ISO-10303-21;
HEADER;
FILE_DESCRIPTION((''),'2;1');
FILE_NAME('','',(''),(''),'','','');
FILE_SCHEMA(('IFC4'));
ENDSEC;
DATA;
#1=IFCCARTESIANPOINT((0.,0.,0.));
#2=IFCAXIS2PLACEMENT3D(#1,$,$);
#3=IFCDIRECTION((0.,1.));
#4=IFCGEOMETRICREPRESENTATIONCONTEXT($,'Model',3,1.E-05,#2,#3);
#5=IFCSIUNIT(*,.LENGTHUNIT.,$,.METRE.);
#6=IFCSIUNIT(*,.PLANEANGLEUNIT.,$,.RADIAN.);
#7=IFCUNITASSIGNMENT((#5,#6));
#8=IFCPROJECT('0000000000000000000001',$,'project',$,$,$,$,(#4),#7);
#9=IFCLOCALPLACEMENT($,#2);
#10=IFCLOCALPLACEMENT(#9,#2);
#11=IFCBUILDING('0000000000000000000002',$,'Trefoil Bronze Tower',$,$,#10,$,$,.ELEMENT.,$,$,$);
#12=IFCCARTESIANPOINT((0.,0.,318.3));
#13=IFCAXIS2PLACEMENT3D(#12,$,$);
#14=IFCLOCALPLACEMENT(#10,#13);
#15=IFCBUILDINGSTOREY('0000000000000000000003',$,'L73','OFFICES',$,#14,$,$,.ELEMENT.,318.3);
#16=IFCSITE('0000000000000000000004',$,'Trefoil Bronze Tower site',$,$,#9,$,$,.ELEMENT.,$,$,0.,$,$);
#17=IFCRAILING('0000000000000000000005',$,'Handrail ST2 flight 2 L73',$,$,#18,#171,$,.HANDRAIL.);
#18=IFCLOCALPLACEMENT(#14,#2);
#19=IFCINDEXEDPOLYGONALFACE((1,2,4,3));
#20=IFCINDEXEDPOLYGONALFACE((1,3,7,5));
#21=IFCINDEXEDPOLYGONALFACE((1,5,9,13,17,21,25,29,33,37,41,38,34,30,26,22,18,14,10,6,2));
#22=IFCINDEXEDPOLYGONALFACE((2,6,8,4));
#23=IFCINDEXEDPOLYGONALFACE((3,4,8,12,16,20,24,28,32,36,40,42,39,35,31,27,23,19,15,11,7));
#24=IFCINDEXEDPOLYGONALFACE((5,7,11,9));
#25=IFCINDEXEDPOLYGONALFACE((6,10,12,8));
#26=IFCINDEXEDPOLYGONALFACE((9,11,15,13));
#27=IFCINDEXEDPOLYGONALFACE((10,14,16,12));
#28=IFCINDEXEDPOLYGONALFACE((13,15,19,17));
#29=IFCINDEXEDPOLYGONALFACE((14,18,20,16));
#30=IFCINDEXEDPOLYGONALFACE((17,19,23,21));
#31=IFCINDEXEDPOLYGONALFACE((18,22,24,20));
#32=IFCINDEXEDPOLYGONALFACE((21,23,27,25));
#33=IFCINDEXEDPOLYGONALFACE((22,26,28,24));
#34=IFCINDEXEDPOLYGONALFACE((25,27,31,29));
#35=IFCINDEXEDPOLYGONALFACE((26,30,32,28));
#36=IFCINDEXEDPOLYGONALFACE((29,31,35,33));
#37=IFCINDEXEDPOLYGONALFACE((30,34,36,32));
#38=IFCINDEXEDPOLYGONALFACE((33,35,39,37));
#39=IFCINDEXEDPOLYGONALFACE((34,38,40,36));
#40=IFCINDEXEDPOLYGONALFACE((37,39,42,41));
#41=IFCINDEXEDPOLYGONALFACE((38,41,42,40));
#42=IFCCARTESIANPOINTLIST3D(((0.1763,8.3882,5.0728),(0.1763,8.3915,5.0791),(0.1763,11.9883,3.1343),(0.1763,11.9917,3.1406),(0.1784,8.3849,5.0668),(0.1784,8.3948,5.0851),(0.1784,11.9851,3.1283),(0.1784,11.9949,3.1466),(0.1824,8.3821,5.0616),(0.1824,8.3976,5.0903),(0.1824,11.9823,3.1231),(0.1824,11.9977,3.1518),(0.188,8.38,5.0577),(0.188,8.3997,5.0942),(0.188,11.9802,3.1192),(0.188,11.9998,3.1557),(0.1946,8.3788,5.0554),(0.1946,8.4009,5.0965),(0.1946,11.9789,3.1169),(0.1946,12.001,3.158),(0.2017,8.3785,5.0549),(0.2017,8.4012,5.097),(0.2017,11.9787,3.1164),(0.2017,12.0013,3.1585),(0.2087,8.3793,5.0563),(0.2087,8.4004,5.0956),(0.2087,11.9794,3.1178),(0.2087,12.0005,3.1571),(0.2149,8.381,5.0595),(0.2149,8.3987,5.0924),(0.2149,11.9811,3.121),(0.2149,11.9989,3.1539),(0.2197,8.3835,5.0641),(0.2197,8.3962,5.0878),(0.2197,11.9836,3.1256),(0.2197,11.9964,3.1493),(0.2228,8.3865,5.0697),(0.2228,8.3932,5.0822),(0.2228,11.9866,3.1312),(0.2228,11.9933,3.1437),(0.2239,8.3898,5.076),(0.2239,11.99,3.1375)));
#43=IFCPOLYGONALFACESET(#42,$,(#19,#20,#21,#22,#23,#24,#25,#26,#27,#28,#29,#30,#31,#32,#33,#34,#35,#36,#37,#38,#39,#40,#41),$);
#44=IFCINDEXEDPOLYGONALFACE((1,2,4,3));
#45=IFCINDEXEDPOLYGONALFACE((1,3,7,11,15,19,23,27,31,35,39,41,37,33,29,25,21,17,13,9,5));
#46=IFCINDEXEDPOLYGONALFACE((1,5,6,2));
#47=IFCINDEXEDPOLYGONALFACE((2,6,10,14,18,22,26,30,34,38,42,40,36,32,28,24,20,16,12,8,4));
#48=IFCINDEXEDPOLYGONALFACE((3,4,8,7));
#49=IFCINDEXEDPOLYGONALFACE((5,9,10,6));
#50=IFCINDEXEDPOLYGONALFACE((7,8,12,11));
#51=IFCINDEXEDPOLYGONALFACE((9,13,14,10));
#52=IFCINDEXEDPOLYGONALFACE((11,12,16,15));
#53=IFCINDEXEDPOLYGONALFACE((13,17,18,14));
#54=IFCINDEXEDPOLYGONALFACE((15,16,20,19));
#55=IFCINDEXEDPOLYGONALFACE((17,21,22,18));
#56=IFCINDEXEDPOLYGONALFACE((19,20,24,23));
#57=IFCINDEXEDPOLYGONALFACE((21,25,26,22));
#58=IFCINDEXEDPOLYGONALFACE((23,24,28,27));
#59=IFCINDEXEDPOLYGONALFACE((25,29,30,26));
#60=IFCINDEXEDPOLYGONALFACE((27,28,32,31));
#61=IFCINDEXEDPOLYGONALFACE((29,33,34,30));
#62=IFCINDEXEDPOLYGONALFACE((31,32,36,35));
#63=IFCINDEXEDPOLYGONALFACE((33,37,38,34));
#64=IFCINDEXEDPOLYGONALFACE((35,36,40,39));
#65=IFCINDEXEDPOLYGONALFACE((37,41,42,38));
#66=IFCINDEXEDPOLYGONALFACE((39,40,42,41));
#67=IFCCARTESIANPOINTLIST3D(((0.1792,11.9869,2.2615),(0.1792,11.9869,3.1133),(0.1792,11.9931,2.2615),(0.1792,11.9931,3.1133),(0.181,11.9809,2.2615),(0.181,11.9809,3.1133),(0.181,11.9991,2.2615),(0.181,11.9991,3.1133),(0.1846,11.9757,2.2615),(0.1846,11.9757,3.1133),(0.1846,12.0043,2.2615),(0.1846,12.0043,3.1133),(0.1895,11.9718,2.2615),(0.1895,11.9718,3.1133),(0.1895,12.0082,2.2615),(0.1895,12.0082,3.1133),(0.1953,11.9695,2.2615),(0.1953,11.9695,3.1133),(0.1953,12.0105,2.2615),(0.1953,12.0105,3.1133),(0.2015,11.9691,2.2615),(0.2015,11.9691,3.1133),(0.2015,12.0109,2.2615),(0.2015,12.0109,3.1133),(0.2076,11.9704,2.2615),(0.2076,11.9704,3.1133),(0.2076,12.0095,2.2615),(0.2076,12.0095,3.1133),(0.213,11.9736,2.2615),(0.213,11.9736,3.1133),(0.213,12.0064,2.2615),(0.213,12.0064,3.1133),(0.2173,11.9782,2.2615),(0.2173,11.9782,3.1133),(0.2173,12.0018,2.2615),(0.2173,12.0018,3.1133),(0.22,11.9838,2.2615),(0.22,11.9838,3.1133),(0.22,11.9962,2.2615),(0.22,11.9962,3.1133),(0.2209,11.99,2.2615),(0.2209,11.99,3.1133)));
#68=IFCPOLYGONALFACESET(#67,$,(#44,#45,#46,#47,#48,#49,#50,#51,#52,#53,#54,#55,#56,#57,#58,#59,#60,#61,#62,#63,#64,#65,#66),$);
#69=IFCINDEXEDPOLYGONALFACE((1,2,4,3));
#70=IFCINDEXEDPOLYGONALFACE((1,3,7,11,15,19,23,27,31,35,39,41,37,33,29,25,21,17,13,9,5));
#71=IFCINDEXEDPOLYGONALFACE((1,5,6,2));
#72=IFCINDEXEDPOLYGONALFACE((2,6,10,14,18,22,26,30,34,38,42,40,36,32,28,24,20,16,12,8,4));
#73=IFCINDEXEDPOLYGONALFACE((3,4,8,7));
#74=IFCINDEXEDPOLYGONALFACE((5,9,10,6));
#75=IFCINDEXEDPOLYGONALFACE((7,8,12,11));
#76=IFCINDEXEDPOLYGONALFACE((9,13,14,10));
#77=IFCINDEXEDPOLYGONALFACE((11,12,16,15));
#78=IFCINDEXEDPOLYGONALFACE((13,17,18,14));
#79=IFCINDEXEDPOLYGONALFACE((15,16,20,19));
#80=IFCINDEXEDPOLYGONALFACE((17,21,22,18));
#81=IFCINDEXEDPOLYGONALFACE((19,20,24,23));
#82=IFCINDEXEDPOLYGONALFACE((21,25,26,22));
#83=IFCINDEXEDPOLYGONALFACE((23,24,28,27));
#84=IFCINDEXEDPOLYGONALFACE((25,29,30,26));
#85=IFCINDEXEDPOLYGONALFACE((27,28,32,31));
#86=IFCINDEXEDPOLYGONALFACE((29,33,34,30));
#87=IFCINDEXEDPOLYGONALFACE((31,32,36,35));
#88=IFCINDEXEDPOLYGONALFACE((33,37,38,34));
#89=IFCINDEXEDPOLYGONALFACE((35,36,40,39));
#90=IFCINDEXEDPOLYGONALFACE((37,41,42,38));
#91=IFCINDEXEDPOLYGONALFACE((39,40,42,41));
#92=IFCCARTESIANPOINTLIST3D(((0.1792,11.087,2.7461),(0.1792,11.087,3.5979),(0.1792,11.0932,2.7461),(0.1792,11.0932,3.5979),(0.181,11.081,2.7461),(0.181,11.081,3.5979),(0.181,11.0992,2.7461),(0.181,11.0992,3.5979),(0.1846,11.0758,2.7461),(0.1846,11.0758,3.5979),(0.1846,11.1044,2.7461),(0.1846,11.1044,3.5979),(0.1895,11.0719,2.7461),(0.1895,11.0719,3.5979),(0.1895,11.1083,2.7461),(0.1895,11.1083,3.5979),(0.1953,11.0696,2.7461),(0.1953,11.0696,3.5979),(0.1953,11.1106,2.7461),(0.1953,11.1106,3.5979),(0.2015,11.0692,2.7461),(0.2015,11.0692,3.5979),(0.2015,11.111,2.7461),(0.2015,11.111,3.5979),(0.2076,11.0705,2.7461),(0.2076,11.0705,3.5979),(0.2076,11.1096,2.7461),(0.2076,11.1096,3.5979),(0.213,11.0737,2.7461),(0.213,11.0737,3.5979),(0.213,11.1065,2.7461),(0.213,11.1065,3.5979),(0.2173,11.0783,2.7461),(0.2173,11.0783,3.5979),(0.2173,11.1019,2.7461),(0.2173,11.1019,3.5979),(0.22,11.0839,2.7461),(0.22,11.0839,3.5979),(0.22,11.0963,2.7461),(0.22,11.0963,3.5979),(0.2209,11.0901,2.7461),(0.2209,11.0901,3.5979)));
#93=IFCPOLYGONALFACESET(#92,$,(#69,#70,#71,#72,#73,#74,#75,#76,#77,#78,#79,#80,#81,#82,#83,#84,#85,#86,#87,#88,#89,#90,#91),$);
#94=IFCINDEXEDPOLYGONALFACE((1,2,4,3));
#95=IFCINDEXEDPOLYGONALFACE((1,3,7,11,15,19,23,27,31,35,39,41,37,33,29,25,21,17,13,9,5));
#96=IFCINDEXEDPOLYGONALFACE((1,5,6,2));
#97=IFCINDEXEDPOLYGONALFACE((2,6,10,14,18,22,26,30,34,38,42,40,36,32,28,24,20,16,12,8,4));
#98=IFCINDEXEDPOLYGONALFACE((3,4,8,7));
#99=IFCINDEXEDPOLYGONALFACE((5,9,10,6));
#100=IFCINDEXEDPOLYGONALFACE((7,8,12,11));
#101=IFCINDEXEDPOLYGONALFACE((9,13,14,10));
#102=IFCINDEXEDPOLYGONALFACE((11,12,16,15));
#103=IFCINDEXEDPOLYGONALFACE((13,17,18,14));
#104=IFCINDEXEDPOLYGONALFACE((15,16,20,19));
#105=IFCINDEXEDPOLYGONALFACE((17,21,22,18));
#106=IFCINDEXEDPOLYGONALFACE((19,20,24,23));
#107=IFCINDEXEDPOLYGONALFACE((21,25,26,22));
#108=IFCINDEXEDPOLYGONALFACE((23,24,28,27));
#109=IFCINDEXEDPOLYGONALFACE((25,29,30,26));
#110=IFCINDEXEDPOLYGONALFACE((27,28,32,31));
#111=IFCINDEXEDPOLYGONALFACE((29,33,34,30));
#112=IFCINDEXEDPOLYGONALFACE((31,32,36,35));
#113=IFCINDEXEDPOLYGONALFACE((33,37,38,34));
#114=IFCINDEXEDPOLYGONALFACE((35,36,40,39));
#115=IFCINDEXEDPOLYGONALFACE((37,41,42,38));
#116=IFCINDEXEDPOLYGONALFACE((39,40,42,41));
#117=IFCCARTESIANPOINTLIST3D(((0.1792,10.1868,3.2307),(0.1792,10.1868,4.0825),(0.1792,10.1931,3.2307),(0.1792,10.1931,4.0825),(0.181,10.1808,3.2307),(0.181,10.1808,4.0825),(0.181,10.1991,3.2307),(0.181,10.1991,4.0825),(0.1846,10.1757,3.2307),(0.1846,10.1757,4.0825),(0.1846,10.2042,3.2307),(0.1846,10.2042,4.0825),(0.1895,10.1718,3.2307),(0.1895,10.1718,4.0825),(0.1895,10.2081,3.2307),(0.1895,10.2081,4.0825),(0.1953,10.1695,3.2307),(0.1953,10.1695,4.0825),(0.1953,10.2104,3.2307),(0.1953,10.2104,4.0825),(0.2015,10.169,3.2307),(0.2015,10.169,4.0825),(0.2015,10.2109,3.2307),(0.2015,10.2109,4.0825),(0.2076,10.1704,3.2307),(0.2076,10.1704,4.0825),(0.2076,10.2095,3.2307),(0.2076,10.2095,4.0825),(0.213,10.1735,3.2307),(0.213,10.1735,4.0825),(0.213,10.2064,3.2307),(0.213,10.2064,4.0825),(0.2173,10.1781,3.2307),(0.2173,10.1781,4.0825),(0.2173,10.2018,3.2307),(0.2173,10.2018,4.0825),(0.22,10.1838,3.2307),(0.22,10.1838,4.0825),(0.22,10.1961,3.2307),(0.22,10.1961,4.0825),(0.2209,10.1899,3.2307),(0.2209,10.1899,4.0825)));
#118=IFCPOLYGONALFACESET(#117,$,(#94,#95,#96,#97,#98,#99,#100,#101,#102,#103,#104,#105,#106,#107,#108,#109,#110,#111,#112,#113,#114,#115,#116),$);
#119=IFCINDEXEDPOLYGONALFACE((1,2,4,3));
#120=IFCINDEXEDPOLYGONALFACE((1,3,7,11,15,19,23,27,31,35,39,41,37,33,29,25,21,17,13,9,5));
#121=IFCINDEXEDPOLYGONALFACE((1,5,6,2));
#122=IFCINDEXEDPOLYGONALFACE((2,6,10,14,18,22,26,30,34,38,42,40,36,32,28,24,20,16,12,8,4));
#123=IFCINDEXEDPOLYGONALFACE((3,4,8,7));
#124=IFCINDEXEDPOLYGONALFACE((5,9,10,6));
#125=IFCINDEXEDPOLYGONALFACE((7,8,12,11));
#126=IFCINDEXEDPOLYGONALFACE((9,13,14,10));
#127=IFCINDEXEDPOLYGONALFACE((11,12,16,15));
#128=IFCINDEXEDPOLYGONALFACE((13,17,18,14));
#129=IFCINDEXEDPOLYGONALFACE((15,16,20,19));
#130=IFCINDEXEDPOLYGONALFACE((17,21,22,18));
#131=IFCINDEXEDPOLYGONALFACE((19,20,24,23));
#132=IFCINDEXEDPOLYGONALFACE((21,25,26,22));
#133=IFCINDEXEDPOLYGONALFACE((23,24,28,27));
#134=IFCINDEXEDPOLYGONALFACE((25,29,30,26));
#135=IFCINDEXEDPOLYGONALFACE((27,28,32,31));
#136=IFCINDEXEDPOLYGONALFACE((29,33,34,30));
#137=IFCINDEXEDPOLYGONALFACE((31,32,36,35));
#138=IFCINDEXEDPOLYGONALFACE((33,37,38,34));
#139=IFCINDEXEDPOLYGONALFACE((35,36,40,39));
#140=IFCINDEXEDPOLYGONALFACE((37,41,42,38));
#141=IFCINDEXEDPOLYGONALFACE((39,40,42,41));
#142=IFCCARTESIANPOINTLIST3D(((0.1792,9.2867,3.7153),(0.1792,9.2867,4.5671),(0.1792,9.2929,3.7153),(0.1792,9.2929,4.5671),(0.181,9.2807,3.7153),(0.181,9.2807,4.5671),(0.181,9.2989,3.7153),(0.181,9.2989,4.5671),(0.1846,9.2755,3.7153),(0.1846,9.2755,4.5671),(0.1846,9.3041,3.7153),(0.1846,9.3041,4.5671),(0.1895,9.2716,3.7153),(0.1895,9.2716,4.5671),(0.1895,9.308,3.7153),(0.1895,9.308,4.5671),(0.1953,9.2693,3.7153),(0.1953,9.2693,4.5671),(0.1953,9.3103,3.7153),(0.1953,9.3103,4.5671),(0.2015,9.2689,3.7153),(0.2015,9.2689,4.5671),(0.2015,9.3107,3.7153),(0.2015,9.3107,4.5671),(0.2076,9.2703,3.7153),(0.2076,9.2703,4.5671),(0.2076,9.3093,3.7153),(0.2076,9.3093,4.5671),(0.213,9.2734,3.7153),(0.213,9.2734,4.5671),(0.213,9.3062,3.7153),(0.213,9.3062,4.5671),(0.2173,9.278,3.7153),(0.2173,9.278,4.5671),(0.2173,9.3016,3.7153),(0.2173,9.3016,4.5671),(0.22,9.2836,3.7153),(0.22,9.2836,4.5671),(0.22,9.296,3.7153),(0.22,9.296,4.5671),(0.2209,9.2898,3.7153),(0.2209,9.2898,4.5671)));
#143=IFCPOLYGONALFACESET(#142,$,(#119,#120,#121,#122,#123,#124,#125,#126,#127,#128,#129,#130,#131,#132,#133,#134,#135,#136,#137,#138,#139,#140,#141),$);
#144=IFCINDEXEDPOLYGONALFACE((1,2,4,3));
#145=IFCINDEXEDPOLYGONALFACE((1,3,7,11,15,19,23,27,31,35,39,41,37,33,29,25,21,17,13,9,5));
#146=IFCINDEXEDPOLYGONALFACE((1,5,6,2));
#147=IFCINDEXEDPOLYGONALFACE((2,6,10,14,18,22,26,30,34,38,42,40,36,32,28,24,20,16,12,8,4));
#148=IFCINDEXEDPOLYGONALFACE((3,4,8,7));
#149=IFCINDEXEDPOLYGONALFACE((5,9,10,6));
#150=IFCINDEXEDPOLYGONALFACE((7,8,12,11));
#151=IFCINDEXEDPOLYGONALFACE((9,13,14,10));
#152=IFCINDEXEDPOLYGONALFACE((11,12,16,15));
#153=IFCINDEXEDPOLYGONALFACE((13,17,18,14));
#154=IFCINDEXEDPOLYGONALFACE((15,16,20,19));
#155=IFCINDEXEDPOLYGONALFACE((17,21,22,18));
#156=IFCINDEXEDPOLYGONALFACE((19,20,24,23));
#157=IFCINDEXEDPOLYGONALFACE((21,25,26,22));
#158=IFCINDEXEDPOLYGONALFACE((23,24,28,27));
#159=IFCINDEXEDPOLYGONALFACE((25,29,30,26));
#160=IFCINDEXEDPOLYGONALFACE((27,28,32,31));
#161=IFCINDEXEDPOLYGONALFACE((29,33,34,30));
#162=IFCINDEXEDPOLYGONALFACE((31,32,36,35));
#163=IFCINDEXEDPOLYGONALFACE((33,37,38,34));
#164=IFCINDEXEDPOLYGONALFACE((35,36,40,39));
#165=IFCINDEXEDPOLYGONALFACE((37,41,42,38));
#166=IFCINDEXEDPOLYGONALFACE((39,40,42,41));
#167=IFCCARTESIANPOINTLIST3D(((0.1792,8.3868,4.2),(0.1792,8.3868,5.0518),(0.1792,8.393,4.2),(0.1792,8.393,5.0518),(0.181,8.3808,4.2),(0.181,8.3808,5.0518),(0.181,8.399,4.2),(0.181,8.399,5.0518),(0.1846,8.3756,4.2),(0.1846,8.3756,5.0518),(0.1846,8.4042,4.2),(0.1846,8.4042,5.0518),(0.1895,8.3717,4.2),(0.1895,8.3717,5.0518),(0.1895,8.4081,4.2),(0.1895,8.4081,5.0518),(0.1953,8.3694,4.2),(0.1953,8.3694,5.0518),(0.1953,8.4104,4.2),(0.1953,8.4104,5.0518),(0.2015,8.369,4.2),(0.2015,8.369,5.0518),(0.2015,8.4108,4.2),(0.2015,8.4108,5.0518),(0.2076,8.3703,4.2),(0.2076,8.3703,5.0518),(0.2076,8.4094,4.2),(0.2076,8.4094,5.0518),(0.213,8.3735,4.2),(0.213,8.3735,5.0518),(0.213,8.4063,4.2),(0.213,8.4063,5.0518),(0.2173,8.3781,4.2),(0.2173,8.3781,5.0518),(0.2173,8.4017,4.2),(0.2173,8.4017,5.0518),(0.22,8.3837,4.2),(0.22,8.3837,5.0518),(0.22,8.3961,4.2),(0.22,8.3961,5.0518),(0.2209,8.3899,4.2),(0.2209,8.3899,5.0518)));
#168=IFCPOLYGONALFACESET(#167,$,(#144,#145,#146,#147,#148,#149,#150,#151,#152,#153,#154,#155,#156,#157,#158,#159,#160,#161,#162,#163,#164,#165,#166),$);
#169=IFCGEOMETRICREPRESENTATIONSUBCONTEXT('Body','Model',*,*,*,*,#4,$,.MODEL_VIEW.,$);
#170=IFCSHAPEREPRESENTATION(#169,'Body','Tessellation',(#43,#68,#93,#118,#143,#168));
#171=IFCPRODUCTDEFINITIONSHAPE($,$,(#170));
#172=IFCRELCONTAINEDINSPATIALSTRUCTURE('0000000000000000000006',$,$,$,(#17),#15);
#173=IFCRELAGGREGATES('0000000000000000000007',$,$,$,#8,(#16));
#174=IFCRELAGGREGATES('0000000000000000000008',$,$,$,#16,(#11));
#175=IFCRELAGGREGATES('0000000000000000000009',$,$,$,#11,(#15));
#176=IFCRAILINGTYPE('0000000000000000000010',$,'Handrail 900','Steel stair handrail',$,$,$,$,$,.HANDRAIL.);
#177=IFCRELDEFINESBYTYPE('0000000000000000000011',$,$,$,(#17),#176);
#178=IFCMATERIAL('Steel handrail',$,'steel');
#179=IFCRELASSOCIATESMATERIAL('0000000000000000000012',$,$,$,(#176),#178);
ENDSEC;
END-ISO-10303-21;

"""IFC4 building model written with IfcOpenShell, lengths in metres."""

from ifc_helpers import new_model, si_unit, direction, frame, origin, origin_2d, place, context, subcontext, project, spatial, circle, extrude, material, type_object, element, save


model = new_model("IFC4")

# Units and contexts
model_context = context("Model", 3, precision=1e-05, world=origin(), true_north=direction((0.0, 1.0)))
body_context = subcontext(model_context, "Body", "Model", "MODEL_VIEW")
ifc_project = project(units=[si_unit("LENGTHUNIT", "METRE"), si_unit("PLANEANGLEUNIT", "RADIAN")], contexts=[model_context])

# Site, building, storey
site_placement = place(None, origin())
site = spatial("IfcSite", under=ifc_project, at=site_placement, Name="Trefoil Bronze Tower site", CompositionType="ELEMENT", RefElevation=0.0)
building_placement = place(site_placement, origin())
building = spatial("IfcBuilding", under=site, at=building_placement, Name="Trefoil Bronze Tower", CompositionType="ELEMENT")
storey_placement = place(building_placement, frame((0.0, 0.0, 318.3)))
storey = spatial("IfcBuildingStorey", under=building, at=storey_placement, Name="L73", Description="OFFICES", CompositionType="ELEMENT", Elevation=318.3)

# Railing
ifc_material_1 = material(Name="Steel handrail", Category="steel")
railing_type = type_object("IfcRailingType", Name="Handrail 900", Description="Steel stair handrail", PredefinedType="HANDRAIL", material=ifc_material_1)
railing_placement = place(storey_placement, frame((0.2, 11.99, 2.2615)))
element("IfcRailing", 1, at=railing_placement, inside=storey, type_object=railing_type, Name="Handrail ST2 flight 2 L73", PredefinedType="HANDRAIL", context=body_context, shape_type="SweptSolid", body=[
    extrude(circle(Radius=0.0239, at=origin_2d()), frame((0.0, 0.0, 0.876), z_axis=(0.0, -0.880475, 0.474093), x_axis=(1.0, 0.0, 0.0)), (0.0, 0.0, 1.0), 4.0889),
    extrude(circle(Radius=0.021, at=origin_2d()), origin(), (0.0, 0.0, 1.0), 0.8518),
    extrude(circle(Radius=0.021, at=origin_2d()), frame((0.0, -0.8999, 0.4846)), (0.0, 0.0, 1.0), 0.8518),
    extrude(circle(Radius=0.021, at=origin_2d()), frame((0.0, -1.8, 0.9692)), (0.0, 0.0, 1.0), 0.8518),
    extrude(circle(Radius=0.021, at=origin_2d()), frame((0.0, -2.7002, 1.4539)), (0.0, 0.0, 1.0), 0.8518),
    extrude(circle(Radius=0.021, at=origin_2d()), frame((0.0, -3.6001, 1.9385)), (0.0, 0.0, 1.0), 0.8518),
])

save(model, "model.ifc")
